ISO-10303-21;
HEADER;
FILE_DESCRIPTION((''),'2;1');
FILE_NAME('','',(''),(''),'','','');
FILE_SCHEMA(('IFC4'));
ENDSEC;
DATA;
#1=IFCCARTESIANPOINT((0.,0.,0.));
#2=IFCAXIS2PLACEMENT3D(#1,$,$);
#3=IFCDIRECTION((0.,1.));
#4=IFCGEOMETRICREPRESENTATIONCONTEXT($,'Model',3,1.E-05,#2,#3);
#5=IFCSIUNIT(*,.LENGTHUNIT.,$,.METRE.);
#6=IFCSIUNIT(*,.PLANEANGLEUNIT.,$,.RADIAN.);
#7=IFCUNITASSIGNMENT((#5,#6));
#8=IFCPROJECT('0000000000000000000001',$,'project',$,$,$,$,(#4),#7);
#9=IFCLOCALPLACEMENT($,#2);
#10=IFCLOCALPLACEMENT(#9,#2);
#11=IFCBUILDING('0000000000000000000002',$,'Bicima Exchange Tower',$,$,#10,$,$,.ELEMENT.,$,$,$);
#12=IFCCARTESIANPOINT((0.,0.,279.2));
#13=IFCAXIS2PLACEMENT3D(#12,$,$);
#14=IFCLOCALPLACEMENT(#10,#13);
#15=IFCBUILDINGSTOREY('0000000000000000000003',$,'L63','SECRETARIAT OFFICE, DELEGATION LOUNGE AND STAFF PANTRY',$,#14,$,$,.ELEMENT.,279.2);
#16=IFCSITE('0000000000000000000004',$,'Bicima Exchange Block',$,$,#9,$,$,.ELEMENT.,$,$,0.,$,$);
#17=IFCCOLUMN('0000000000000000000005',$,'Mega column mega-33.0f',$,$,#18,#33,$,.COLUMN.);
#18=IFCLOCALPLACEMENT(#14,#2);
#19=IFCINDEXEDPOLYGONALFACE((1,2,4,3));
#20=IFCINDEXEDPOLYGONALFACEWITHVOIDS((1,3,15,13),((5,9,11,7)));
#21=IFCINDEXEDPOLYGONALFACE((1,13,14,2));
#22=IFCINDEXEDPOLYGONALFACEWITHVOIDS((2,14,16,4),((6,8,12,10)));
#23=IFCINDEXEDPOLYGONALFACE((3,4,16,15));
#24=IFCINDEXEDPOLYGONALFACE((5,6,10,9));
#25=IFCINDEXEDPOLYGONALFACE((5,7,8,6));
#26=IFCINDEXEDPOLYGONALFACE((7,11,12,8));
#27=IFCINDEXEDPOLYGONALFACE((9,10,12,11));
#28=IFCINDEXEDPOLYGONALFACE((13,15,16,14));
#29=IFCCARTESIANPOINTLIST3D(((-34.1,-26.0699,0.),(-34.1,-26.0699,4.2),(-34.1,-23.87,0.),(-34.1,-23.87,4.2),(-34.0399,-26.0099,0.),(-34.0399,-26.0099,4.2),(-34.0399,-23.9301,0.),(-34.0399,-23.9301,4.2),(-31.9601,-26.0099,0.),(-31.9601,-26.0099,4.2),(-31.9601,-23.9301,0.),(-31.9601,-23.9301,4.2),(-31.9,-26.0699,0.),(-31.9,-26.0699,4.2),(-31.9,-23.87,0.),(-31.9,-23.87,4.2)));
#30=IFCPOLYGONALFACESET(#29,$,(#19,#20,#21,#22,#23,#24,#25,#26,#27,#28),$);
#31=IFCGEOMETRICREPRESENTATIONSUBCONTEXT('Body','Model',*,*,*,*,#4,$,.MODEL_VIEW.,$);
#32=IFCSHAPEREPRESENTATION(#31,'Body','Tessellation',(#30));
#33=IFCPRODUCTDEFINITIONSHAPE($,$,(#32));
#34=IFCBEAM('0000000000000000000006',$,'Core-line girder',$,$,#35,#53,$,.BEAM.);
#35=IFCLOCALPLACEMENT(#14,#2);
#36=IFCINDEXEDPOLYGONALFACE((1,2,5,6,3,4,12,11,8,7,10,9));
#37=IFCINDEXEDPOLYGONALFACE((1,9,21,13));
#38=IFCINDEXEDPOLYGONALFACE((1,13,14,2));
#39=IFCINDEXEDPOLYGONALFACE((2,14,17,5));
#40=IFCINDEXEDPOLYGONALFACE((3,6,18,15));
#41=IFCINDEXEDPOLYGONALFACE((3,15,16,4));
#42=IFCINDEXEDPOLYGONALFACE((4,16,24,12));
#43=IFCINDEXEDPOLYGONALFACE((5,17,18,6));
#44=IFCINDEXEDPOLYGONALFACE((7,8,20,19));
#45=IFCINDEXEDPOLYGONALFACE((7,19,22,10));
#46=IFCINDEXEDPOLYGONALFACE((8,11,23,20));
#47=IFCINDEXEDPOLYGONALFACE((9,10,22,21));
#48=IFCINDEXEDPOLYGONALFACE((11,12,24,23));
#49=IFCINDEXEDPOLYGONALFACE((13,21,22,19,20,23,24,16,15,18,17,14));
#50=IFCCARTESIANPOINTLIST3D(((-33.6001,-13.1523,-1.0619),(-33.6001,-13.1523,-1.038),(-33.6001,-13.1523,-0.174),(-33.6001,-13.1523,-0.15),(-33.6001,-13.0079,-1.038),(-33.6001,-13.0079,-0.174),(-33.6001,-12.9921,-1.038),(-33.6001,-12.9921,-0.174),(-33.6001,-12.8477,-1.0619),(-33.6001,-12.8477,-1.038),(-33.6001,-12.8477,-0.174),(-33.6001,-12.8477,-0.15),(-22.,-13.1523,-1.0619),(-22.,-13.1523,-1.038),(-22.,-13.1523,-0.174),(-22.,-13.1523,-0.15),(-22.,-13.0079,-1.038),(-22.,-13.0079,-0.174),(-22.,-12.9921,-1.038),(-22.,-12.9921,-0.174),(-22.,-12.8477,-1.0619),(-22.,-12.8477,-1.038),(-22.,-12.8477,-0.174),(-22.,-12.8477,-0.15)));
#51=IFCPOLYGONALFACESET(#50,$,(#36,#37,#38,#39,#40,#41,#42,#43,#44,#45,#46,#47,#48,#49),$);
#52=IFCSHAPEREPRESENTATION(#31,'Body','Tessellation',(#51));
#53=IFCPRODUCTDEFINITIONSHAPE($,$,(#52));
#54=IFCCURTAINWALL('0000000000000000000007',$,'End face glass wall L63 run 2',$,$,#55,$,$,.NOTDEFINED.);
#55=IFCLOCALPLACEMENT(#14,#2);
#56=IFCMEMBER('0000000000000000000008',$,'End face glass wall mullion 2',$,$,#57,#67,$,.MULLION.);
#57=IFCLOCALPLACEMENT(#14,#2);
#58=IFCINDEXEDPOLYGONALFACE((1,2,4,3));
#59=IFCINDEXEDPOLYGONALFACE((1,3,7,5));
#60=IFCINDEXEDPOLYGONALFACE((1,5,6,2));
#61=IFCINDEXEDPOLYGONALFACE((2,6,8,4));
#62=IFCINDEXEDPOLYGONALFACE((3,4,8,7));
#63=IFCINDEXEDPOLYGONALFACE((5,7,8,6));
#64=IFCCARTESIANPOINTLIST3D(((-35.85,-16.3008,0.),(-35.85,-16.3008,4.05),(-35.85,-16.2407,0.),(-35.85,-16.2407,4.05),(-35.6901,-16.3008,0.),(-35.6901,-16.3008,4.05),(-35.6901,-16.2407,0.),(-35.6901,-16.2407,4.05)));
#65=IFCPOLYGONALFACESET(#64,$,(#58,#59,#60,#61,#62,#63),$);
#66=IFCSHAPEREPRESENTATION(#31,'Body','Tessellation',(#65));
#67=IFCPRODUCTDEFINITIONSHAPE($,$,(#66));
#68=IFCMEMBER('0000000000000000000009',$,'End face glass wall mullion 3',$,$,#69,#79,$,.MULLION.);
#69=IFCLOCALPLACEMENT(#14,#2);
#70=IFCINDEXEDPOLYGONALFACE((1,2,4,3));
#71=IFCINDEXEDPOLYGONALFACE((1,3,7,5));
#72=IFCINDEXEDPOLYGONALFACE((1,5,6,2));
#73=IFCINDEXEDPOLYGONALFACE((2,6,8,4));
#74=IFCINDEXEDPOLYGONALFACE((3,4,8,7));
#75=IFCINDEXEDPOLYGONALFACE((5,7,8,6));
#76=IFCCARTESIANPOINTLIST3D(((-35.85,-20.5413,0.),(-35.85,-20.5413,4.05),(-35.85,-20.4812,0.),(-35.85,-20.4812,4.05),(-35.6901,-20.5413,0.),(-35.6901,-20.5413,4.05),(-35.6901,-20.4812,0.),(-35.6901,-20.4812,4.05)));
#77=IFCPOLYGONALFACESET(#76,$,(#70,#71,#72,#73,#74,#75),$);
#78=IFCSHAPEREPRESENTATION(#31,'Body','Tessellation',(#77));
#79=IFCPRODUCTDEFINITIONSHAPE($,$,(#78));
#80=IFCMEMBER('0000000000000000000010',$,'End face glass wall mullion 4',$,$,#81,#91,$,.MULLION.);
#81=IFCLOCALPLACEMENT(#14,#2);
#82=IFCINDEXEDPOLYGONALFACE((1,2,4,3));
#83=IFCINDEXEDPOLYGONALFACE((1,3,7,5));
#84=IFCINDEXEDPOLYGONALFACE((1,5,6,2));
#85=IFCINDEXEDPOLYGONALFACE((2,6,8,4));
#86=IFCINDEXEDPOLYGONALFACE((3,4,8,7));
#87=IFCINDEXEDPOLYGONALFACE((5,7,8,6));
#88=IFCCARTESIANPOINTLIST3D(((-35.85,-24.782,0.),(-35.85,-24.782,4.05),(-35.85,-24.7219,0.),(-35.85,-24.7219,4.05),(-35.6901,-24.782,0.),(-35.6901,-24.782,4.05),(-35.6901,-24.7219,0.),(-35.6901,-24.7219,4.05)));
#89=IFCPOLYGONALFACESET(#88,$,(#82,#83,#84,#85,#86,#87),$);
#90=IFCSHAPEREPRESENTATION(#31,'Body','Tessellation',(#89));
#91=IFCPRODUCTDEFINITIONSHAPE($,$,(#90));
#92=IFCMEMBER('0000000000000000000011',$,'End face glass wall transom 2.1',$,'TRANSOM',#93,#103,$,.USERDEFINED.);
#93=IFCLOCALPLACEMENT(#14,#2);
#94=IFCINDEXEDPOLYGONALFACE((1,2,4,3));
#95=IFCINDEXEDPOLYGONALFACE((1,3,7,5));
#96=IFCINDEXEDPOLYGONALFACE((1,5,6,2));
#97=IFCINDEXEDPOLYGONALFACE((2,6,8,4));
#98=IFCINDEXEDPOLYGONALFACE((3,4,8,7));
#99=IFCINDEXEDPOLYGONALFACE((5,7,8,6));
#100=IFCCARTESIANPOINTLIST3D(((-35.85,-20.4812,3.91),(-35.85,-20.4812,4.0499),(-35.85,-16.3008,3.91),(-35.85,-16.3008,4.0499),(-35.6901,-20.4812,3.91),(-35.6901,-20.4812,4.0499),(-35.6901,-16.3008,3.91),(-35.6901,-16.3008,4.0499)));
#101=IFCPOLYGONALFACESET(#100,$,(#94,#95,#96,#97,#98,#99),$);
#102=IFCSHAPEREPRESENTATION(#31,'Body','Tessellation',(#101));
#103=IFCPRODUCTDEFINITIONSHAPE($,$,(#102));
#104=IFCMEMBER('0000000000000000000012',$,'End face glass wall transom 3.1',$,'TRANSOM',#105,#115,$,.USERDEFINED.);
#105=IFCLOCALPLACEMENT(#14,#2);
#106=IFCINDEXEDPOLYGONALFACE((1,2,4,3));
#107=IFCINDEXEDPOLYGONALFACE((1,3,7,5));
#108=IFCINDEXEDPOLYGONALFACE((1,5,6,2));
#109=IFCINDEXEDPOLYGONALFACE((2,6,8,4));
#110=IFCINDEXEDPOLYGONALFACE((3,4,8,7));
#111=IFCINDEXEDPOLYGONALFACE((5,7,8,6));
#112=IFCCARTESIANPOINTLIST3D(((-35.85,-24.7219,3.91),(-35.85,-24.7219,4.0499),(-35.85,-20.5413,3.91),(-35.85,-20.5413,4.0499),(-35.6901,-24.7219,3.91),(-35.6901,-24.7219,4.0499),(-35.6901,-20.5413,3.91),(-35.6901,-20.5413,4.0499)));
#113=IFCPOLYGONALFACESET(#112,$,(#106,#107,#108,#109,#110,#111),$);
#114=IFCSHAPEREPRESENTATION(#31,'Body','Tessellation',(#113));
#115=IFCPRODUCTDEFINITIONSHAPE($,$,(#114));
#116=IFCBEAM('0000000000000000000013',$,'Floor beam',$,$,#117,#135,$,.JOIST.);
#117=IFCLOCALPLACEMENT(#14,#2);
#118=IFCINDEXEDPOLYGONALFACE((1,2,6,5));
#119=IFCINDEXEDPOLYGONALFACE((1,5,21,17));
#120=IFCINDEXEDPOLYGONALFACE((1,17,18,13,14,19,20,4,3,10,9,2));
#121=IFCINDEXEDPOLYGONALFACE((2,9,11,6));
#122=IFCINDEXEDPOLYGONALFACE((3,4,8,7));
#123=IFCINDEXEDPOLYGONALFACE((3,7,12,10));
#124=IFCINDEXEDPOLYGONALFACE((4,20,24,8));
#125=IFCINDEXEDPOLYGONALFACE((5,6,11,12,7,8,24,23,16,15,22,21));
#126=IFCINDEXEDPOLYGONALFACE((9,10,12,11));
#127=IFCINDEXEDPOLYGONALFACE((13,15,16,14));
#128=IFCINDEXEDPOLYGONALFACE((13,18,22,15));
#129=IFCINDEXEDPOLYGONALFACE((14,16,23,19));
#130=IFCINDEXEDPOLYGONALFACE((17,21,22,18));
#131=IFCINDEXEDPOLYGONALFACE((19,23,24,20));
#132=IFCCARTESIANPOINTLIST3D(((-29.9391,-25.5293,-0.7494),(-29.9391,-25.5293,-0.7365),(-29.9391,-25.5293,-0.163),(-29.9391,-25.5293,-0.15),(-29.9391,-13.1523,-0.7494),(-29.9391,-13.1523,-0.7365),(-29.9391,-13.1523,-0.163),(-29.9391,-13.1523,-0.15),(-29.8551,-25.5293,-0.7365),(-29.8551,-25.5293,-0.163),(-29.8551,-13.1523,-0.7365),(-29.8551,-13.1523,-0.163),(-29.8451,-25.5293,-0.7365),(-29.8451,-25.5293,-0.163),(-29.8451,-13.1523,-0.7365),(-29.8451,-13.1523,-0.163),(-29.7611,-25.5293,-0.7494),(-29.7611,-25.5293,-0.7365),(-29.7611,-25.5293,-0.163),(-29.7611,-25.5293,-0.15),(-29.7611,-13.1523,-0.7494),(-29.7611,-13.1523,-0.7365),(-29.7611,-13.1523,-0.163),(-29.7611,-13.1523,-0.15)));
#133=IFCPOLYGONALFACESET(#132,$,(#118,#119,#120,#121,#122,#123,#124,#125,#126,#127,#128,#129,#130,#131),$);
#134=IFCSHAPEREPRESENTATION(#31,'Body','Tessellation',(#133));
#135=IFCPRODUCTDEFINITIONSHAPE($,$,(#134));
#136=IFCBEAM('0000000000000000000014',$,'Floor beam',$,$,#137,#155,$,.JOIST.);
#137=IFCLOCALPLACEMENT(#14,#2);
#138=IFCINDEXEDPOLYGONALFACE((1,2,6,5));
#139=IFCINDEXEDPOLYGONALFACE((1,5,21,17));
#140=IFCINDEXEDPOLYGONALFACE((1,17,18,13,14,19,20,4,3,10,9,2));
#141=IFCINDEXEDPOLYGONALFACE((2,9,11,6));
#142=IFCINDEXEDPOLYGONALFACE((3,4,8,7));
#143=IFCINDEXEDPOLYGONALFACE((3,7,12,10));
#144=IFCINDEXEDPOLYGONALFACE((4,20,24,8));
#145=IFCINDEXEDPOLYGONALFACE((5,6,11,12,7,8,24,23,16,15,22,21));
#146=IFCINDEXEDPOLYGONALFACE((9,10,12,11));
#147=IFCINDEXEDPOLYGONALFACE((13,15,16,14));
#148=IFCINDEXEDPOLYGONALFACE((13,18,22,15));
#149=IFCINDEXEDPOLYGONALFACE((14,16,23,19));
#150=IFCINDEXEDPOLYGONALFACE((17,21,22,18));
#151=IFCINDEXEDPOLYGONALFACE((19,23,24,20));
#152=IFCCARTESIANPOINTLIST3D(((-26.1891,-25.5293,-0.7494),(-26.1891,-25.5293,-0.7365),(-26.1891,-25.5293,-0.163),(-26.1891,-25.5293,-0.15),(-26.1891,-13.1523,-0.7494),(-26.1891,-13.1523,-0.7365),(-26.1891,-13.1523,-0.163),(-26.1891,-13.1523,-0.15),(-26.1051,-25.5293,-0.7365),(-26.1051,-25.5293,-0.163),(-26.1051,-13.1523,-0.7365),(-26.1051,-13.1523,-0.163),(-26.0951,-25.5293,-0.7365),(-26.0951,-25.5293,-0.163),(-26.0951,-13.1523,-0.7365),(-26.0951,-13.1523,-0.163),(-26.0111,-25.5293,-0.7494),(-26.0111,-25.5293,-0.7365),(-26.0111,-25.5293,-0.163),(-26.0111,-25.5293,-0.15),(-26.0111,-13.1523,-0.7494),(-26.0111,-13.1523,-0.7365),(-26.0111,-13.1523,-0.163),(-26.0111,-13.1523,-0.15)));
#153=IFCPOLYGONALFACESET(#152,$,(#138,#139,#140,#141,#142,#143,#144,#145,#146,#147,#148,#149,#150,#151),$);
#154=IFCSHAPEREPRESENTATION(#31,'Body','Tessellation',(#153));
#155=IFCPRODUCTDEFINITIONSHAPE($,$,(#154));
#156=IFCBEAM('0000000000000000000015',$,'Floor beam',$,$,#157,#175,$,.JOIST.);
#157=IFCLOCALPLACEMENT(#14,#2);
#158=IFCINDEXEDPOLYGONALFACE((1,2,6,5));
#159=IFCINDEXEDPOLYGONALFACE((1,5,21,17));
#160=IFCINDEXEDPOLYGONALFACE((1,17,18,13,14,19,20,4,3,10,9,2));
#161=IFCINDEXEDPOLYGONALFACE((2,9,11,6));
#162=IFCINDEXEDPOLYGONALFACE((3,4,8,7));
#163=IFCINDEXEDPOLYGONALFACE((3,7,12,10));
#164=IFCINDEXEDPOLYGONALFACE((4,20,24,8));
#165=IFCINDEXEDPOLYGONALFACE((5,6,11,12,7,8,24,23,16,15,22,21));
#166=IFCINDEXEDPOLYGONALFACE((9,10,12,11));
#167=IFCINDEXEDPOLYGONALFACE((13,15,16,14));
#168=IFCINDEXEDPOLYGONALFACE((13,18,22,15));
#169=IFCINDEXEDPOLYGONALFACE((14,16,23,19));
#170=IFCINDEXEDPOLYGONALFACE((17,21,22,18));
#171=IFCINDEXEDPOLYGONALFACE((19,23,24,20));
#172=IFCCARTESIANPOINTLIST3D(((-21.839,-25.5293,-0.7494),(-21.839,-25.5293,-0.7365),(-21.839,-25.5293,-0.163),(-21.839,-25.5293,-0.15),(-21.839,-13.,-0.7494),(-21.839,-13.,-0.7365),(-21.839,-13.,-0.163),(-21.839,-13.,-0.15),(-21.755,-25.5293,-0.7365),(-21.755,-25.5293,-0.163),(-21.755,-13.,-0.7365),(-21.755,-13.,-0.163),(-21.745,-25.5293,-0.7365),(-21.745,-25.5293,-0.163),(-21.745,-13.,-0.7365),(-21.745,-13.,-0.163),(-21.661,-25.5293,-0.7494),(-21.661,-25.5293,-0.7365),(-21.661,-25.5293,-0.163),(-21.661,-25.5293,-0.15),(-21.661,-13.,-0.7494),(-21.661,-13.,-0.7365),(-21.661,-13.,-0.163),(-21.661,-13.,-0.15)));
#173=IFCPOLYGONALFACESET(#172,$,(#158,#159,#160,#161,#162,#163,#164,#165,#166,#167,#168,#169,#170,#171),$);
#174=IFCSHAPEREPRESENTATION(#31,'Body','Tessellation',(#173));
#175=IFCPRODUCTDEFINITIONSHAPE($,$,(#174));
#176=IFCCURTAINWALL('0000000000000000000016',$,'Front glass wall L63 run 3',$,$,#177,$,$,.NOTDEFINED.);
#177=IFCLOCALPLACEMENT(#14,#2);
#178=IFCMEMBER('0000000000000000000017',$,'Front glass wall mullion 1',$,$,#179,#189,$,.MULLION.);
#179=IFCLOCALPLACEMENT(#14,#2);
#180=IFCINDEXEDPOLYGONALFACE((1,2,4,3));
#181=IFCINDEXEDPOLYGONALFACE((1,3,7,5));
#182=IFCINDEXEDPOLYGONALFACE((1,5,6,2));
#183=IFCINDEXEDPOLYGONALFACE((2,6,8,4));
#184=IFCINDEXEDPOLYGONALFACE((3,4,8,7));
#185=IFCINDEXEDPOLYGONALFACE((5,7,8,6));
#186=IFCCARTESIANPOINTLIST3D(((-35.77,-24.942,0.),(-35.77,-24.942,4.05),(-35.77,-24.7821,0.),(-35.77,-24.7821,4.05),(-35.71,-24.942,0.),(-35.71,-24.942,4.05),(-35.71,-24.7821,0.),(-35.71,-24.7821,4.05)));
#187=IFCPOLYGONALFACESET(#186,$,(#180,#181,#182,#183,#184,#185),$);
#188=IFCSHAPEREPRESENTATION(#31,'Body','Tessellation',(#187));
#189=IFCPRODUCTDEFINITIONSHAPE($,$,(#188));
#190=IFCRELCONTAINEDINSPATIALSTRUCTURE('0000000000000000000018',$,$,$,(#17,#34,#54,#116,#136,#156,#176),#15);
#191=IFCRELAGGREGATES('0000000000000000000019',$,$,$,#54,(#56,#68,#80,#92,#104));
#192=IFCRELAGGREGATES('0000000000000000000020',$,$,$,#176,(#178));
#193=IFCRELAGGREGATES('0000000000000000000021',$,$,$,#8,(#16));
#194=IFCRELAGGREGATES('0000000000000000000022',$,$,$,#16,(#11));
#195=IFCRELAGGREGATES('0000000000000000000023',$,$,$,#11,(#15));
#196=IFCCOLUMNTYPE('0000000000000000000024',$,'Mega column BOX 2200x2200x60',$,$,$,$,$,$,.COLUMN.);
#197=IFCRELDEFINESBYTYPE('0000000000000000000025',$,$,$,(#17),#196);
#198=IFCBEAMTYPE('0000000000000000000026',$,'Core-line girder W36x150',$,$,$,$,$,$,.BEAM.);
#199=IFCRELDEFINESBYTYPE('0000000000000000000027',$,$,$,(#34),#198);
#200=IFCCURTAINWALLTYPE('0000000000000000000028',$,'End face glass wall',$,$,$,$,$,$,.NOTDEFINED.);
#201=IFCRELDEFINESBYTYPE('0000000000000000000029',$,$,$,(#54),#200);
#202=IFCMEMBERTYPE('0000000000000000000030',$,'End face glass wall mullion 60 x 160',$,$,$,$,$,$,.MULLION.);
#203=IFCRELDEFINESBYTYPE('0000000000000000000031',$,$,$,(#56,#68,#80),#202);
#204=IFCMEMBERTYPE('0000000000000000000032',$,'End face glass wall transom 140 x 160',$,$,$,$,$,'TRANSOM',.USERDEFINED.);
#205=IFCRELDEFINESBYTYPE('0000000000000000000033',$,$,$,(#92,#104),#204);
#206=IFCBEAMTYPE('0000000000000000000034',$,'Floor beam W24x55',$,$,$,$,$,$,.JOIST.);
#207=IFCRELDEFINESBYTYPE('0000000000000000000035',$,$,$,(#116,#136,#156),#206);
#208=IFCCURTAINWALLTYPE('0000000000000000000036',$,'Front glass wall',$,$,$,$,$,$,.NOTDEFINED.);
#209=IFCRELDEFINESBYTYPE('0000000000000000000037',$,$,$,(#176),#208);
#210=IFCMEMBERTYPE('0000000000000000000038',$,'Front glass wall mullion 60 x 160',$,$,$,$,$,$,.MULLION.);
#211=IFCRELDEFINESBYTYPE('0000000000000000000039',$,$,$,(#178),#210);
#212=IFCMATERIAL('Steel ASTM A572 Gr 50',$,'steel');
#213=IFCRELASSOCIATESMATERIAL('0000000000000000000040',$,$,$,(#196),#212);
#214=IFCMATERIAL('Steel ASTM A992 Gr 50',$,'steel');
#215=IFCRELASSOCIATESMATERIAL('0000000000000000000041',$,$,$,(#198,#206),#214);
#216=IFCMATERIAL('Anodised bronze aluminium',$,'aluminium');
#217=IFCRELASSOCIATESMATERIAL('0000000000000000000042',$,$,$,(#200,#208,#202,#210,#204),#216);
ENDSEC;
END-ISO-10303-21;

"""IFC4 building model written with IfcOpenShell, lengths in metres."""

from ifc_helpers import new_model, si_unit, direction, frame, origin, origin_2d, place, context, subcontext, project, spatial, rectangle, hollow_rectangle, i_section, extrude, material, material_profile, profile_set, type_object, element, aggregate, save


model = new_model("IFC4")

# Units and contexts
model_context = context("Model", 3, precision=1e-05, world=origin(), true_north=direction((0.0, 1.0)))
body_context = subcontext(model_context, "Body", "Model", "MODEL_VIEW")
ifc_project = project(units=[si_unit("LENGTHUNIT", "METRE"), si_unit("PLANEANGLEUNIT", "RADIAN")], contexts=[model_context])

# Site, building, storey
site_placement = place(None, origin())
site = spatial("IfcSite", under=ifc_project, at=site_placement, Name="Bicima Exchange Block", CompositionType="ELEMENT", RefElevation=0.0)
building_placement = place(site_placement, origin())
building = spatial("IfcBuilding", under=site, at=building_placement, Name="Bicima Exchange Tower", CompositionType="ELEMENT")
storey_placement = place(building_placement, frame((0.0, 0.0, 279.2)))
storey = spatial("IfcBuildingStorey", under=building, at=storey_placement, Name="L63", Description="SECRETARIAT OFFICE, DELEGATION LOUNGE AND STAFF PANTRY", CompositionType="ELEMENT", Elevation=279.2)

# Column
ifc_material_1 = material(Name="Steel ASTM A572 Gr 50", Category="steel")
ifc_material_profile_1 = material_profile(ifc_material_1, hollow_rectangle(XDim=2.2, YDim=2.2, WallThickness=0.0601, at=origin_2d()))
ifc_profile_set_1 = profile_set([ifc_material_profile_1], Name="Steel ASTM A572 Gr 50")
column_type = type_object("IfcColumnType", Name="Mega column BOX 2200x2200x60", PredefinedType="COLUMN", material=ifc_profile_set_1)
column_placement = place(storey_placement, frame((-33.0, -24.97, 0.0), z_axis=(0.0, 0.0, 1.0), x_axis=(1.0, 0.0, 0.0)))
element("IfcColumn", 1, at=column_placement, inside=storey, type_object=column_type, Name="Mega column mega-33.0f", PredefinedType="COLUMN", context=body_context, shape_type="SweptSolid", body=[
    extrude(hollow_rectangle(XDim=2.2, YDim=2.2, WallThickness=0.0601, at=origin_2d()), origin(), (0.0, 0.0, 1.0), 4.2),
])

# Beam
ifc_material_2 = material(Name="Steel ASTM A992 Gr 50", Category="steel")
ifc_material_profile_2 = material_profile(ifc_material_2, i_section(OverallWidth=0.3047, OverallDepth=0.9119, WebThickness=0.0159, FlangeThickness=0.0239, at=origin_2d()))
ifc_profile_set_2 = profile_set([ifc_material_profile_2], Name="Steel ASTM A992 Gr 50")
beam_type_1 = type_object("IfcBeamType", Name="Core-line girder W36x150", PredefinedType="BEAM", material=ifc_profile_set_2)
beam_1_placement = place(storey_placement, frame((-22.0, -13.0, -0.606), z_axis=(-1.0, 0.0, 0.0), x_axis=(0.0, -1.0, 0.0)))
element("IfcBeam", 2, at=beam_1_placement, inside=storey, type_object=beam_type_1, Name="Core-line girder", PredefinedType="BEAM", context=body_context, shape_type="SweptSolid", body=[
    extrude(i_section(OverallWidth=0.3047, OverallDepth=0.9119, WebThickness=0.0159, FlangeThickness=0.0239, at=origin_2d()), origin(), (0.0, 0.0, 1.0), 11.6001),
])

# Curtain wall, members
ifc_material_3 = material(Name="Anodised bronze aluminium", Category="aluminium")
curtain_wall_type_1 = type_object("IfcCurtainWallType", Name="End face glass wall", PredefinedType="NOTDEFINED", material=ifc_material_3)
curtain_wall_1_placement = place(storey_placement, origin())
curtain_wall_1 = element("IfcCurtainWall", 3, at=curtain_wall_1_placement, inside=storey, type_object=curtain_wall_type_1, Name="End face glass wall L63 run 2", PredefinedType="NOTDEFINED")
ifc_material_profile_3 = material_profile(ifc_material_3, rectangle(XDim=0.1599, YDim=0.0601, at=origin_2d()))
ifc_profile_set_3 = profile_set([ifc_material_profile_3], Name="Anodised bronze aluminium")
member_type_1 = type_object("IfcMemberType", Name="End face glass wall mullion 60 x 160", PredefinedType="MULLION", material=ifc_profile_set_3)
member_1_placement = place(storey_placement, frame((-35.77, -16.2708, 0.0), z_axis=(0.0, 0.0, 1.0), x_axis=(1.0, 0.0, 0.0)))
member_1 = element("IfcMember", 4, at=member_1_placement, type_object=member_type_1, Name="End face glass wall mullion 2", PredefinedType="MULLION", context=body_context, shape_type="SweptSolid", body=[
    extrude(rectangle(XDim=0.1599, YDim=0.0601, at=origin_2d()), origin(), (0.0, 0.0, 1.0), 4.05),
])
member_2_placement = place(storey_placement, frame((-35.77, -20.5112, 0.0), z_axis=(0.0, 0.0, 1.0), x_axis=(1.0, 0.0, 0.0)))
member_2 = element("IfcMember", 5, at=member_2_placement, type_object=member_type_1, Name="End face glass wall mullion 3", PredefinedType="MULLION", context=body_context, shape_type="SweptSolid", body=[
    extrude(rectangle(XDim=0.1599, YDim=0.0601, at=origin_2d()), origin(), (0.0, 0.0, 1.0), 4.05),
])
member_3_placement = place(storey_placement, frame((-35.77, -24.752, 0.0), z_axis=(0.0, 0.0, 1.0), x_axis=(1.0, 0.0, 0.0)))
member_3 = element("IfcMember", 6, at=member_3_placement, type_object=member_type_1, Name="End face glass wall mullion 4", PredefinedType="MULLION", context=body_context, shape_type="SweptSolid", body=[
    extrude(rectangle(XDim=0.1599, YDim=0.0601, at=origin_2d()), origin(), (0.0, 0.0, 1.0), 4.05),
])
ifc_material_profile_4 = material_profile(ifc_material_3, rectangle(XDim=0.1599, YDim=0.1399, at=origin_2d()))
ifc_profile_set_4 = profile_set([ifc_material_profile_4], Name="Anodised bronze aluminium")
member_type_2 = type_object("IfcMemberType", Name="End face glass wall transom 140 x 160", ElementType="TRANSOM", PredefinedType="USERDEFINED", material=ifc_profile_set_4)
member_4_placement = place(storey_placement, frame((-35.77, -16.3008, 3.98), z_axis=(0.0, -1.0, 0.0), x_axis=(1.0, 0.0, 0.0)))
member_4 = element("IfcMember", 7, at=member_4_placement, type_object=member_type_2, Name="End face glass wall transom 2.1", ObjectType="TRANSOM", PredefinedType="USERDEFINED", context=body_context, shape_type="SweptSolid", body=[
    extrude(rectangle(XDim=0.1599, YDim=0.1399, at=origin_2d()), origin(), (0.0, 0.0, 1.0), 4.1804),
])
member_5_placement = place(storey_placement, frame((-35.77, -20.5413, 3.98), z_axis=(0.0, -1.0, 0.0), x_axis=(1.0, 0.0, 0.0)))
member_5 = element("IfcMember", 8, at=member_5_placement, type_object=member_type_2, Name="End face glass wall transom 3.1", ObjectType="TRANSOM", PredefinedType="USERDEFINED", context=body_context, shape_type="SweptSolid", body=[
    extrude(rectangle(XDim=0.1599, YDim=0.1399, at=origin_2d()), origin(), (0.0, 0.0, 1.0), 4.1807),
])

# Beams
ifc_material_profile_5 = material_profile(ifc_material_2, i_section(OverallWidth=0.178, OverallDepth=0.5994, WebThickness=0.01, FlangeThickness=0.0129, at=origin_2d()))
ifc_profile_set_5 = profile_set([ifc_material_profile_5], Name="Steel ASTM A992 Gr 50")
beam_type_2 = type_object("IfcBeamType", Name="Floor beam W24x55", PredefinedType="JOIST", material=ifc_profile_set_5)
for number, where, z_axis, x_axis, name in (
    (9, (-29.8501, -13.1523, -0.4497), (0.0, -1.0, 0.0), (1.0, 0.0, 0.0), "Floor beam"),
    (10, (-26.1001, -13.1523, -0.4497), (0.0, -1.0, 0.0), (1.0, 0.0, 0.0), "Floor beam"),
):
    element("IfcBeam", number, at=place(storey_placement, frame(where, z_axis=z_axis, x_axis=x_axis)), inside=storey, type_object=beam_type_2, Name=name, PredefinedType="JOIST", context=body_context, shape_type="SweptSolid", body=[
        extrude(i_section(OverallWidth=0.178, OverallDepth=0.5994, WebThickness=0.01, FlangeThickness=0.0129, at=origin_2d()), origin(), (0.0, 0.0, 1.0), 12.377),
    ])
beam_2_placement = place(storey_placement, frame((-21.75, -13.0, -0.4497), z_axis=(0.0, -1.0, 0.0), x_axis=(1.0, 0.0, 0.0)))
element("IfcBeam", 11, at=beam_2_placement, inside=storey, type_object=beam_type_2, Name="Floor beam", PredefinedType="JOIST", context=body_context, shape_type="SweptSolid", body=[
    extrude(i_section(OverallWidth=0.178, OverallDepth=0.5994, WebThickness=0.01, FlangeThickness=0.0129, at=origin_2d()), origin(), (0.0, 0.0, 1.0), 12.5293),
])

# Curtain wall, member
curtain_wall_type_2 = type_object("IfcCurtainWallType", Name="Front glass wall", PredefinedType="NOTDEFINED", material=ifc_material_3)
curtain_wall_2_placement = place(storey_placement, origin())
curtain_wall_2 = element("IfcCurtainWall", 12, at=curtain_wall_2_placement, inside=storey, type_object=curtain_wall_type_2, Name="Front glass wall L63 run 3", PredefinedType="NOTDEFINED")
member_type_3 = type_object("IfcMemberType", Name="Front glass wall mullion 60 x 160", PredefinedType="MULLION", material=ifc_profile_set_3)
member_6_placement = place(storey_placement, frame((-35.74, -24.8621, 0.0), z_axis=(0.0, 0.0, 1.0), x_axis=(0.0, 1.0, 0.0)))
member_6 = element("IfcMember", 13, at=member_6_placement, type_object=member_type_3, Name="Front glass wall mullion 1", PredefinedType="MULLION", context=body_context, shape_type="SweptSolid", body=[
    extrude(rectangle(XDim=0.1599, YDim=0.0601, at=origin_2d()), origin(), (0.0, 0.0, 1.0), 4.05),
])

aggregate(curtain_wall_1, [member_1, member_2, member_3, member_4, member_5])
aggregate(curtain_wall_2, [member_6])

save(model, "model.ifc")
